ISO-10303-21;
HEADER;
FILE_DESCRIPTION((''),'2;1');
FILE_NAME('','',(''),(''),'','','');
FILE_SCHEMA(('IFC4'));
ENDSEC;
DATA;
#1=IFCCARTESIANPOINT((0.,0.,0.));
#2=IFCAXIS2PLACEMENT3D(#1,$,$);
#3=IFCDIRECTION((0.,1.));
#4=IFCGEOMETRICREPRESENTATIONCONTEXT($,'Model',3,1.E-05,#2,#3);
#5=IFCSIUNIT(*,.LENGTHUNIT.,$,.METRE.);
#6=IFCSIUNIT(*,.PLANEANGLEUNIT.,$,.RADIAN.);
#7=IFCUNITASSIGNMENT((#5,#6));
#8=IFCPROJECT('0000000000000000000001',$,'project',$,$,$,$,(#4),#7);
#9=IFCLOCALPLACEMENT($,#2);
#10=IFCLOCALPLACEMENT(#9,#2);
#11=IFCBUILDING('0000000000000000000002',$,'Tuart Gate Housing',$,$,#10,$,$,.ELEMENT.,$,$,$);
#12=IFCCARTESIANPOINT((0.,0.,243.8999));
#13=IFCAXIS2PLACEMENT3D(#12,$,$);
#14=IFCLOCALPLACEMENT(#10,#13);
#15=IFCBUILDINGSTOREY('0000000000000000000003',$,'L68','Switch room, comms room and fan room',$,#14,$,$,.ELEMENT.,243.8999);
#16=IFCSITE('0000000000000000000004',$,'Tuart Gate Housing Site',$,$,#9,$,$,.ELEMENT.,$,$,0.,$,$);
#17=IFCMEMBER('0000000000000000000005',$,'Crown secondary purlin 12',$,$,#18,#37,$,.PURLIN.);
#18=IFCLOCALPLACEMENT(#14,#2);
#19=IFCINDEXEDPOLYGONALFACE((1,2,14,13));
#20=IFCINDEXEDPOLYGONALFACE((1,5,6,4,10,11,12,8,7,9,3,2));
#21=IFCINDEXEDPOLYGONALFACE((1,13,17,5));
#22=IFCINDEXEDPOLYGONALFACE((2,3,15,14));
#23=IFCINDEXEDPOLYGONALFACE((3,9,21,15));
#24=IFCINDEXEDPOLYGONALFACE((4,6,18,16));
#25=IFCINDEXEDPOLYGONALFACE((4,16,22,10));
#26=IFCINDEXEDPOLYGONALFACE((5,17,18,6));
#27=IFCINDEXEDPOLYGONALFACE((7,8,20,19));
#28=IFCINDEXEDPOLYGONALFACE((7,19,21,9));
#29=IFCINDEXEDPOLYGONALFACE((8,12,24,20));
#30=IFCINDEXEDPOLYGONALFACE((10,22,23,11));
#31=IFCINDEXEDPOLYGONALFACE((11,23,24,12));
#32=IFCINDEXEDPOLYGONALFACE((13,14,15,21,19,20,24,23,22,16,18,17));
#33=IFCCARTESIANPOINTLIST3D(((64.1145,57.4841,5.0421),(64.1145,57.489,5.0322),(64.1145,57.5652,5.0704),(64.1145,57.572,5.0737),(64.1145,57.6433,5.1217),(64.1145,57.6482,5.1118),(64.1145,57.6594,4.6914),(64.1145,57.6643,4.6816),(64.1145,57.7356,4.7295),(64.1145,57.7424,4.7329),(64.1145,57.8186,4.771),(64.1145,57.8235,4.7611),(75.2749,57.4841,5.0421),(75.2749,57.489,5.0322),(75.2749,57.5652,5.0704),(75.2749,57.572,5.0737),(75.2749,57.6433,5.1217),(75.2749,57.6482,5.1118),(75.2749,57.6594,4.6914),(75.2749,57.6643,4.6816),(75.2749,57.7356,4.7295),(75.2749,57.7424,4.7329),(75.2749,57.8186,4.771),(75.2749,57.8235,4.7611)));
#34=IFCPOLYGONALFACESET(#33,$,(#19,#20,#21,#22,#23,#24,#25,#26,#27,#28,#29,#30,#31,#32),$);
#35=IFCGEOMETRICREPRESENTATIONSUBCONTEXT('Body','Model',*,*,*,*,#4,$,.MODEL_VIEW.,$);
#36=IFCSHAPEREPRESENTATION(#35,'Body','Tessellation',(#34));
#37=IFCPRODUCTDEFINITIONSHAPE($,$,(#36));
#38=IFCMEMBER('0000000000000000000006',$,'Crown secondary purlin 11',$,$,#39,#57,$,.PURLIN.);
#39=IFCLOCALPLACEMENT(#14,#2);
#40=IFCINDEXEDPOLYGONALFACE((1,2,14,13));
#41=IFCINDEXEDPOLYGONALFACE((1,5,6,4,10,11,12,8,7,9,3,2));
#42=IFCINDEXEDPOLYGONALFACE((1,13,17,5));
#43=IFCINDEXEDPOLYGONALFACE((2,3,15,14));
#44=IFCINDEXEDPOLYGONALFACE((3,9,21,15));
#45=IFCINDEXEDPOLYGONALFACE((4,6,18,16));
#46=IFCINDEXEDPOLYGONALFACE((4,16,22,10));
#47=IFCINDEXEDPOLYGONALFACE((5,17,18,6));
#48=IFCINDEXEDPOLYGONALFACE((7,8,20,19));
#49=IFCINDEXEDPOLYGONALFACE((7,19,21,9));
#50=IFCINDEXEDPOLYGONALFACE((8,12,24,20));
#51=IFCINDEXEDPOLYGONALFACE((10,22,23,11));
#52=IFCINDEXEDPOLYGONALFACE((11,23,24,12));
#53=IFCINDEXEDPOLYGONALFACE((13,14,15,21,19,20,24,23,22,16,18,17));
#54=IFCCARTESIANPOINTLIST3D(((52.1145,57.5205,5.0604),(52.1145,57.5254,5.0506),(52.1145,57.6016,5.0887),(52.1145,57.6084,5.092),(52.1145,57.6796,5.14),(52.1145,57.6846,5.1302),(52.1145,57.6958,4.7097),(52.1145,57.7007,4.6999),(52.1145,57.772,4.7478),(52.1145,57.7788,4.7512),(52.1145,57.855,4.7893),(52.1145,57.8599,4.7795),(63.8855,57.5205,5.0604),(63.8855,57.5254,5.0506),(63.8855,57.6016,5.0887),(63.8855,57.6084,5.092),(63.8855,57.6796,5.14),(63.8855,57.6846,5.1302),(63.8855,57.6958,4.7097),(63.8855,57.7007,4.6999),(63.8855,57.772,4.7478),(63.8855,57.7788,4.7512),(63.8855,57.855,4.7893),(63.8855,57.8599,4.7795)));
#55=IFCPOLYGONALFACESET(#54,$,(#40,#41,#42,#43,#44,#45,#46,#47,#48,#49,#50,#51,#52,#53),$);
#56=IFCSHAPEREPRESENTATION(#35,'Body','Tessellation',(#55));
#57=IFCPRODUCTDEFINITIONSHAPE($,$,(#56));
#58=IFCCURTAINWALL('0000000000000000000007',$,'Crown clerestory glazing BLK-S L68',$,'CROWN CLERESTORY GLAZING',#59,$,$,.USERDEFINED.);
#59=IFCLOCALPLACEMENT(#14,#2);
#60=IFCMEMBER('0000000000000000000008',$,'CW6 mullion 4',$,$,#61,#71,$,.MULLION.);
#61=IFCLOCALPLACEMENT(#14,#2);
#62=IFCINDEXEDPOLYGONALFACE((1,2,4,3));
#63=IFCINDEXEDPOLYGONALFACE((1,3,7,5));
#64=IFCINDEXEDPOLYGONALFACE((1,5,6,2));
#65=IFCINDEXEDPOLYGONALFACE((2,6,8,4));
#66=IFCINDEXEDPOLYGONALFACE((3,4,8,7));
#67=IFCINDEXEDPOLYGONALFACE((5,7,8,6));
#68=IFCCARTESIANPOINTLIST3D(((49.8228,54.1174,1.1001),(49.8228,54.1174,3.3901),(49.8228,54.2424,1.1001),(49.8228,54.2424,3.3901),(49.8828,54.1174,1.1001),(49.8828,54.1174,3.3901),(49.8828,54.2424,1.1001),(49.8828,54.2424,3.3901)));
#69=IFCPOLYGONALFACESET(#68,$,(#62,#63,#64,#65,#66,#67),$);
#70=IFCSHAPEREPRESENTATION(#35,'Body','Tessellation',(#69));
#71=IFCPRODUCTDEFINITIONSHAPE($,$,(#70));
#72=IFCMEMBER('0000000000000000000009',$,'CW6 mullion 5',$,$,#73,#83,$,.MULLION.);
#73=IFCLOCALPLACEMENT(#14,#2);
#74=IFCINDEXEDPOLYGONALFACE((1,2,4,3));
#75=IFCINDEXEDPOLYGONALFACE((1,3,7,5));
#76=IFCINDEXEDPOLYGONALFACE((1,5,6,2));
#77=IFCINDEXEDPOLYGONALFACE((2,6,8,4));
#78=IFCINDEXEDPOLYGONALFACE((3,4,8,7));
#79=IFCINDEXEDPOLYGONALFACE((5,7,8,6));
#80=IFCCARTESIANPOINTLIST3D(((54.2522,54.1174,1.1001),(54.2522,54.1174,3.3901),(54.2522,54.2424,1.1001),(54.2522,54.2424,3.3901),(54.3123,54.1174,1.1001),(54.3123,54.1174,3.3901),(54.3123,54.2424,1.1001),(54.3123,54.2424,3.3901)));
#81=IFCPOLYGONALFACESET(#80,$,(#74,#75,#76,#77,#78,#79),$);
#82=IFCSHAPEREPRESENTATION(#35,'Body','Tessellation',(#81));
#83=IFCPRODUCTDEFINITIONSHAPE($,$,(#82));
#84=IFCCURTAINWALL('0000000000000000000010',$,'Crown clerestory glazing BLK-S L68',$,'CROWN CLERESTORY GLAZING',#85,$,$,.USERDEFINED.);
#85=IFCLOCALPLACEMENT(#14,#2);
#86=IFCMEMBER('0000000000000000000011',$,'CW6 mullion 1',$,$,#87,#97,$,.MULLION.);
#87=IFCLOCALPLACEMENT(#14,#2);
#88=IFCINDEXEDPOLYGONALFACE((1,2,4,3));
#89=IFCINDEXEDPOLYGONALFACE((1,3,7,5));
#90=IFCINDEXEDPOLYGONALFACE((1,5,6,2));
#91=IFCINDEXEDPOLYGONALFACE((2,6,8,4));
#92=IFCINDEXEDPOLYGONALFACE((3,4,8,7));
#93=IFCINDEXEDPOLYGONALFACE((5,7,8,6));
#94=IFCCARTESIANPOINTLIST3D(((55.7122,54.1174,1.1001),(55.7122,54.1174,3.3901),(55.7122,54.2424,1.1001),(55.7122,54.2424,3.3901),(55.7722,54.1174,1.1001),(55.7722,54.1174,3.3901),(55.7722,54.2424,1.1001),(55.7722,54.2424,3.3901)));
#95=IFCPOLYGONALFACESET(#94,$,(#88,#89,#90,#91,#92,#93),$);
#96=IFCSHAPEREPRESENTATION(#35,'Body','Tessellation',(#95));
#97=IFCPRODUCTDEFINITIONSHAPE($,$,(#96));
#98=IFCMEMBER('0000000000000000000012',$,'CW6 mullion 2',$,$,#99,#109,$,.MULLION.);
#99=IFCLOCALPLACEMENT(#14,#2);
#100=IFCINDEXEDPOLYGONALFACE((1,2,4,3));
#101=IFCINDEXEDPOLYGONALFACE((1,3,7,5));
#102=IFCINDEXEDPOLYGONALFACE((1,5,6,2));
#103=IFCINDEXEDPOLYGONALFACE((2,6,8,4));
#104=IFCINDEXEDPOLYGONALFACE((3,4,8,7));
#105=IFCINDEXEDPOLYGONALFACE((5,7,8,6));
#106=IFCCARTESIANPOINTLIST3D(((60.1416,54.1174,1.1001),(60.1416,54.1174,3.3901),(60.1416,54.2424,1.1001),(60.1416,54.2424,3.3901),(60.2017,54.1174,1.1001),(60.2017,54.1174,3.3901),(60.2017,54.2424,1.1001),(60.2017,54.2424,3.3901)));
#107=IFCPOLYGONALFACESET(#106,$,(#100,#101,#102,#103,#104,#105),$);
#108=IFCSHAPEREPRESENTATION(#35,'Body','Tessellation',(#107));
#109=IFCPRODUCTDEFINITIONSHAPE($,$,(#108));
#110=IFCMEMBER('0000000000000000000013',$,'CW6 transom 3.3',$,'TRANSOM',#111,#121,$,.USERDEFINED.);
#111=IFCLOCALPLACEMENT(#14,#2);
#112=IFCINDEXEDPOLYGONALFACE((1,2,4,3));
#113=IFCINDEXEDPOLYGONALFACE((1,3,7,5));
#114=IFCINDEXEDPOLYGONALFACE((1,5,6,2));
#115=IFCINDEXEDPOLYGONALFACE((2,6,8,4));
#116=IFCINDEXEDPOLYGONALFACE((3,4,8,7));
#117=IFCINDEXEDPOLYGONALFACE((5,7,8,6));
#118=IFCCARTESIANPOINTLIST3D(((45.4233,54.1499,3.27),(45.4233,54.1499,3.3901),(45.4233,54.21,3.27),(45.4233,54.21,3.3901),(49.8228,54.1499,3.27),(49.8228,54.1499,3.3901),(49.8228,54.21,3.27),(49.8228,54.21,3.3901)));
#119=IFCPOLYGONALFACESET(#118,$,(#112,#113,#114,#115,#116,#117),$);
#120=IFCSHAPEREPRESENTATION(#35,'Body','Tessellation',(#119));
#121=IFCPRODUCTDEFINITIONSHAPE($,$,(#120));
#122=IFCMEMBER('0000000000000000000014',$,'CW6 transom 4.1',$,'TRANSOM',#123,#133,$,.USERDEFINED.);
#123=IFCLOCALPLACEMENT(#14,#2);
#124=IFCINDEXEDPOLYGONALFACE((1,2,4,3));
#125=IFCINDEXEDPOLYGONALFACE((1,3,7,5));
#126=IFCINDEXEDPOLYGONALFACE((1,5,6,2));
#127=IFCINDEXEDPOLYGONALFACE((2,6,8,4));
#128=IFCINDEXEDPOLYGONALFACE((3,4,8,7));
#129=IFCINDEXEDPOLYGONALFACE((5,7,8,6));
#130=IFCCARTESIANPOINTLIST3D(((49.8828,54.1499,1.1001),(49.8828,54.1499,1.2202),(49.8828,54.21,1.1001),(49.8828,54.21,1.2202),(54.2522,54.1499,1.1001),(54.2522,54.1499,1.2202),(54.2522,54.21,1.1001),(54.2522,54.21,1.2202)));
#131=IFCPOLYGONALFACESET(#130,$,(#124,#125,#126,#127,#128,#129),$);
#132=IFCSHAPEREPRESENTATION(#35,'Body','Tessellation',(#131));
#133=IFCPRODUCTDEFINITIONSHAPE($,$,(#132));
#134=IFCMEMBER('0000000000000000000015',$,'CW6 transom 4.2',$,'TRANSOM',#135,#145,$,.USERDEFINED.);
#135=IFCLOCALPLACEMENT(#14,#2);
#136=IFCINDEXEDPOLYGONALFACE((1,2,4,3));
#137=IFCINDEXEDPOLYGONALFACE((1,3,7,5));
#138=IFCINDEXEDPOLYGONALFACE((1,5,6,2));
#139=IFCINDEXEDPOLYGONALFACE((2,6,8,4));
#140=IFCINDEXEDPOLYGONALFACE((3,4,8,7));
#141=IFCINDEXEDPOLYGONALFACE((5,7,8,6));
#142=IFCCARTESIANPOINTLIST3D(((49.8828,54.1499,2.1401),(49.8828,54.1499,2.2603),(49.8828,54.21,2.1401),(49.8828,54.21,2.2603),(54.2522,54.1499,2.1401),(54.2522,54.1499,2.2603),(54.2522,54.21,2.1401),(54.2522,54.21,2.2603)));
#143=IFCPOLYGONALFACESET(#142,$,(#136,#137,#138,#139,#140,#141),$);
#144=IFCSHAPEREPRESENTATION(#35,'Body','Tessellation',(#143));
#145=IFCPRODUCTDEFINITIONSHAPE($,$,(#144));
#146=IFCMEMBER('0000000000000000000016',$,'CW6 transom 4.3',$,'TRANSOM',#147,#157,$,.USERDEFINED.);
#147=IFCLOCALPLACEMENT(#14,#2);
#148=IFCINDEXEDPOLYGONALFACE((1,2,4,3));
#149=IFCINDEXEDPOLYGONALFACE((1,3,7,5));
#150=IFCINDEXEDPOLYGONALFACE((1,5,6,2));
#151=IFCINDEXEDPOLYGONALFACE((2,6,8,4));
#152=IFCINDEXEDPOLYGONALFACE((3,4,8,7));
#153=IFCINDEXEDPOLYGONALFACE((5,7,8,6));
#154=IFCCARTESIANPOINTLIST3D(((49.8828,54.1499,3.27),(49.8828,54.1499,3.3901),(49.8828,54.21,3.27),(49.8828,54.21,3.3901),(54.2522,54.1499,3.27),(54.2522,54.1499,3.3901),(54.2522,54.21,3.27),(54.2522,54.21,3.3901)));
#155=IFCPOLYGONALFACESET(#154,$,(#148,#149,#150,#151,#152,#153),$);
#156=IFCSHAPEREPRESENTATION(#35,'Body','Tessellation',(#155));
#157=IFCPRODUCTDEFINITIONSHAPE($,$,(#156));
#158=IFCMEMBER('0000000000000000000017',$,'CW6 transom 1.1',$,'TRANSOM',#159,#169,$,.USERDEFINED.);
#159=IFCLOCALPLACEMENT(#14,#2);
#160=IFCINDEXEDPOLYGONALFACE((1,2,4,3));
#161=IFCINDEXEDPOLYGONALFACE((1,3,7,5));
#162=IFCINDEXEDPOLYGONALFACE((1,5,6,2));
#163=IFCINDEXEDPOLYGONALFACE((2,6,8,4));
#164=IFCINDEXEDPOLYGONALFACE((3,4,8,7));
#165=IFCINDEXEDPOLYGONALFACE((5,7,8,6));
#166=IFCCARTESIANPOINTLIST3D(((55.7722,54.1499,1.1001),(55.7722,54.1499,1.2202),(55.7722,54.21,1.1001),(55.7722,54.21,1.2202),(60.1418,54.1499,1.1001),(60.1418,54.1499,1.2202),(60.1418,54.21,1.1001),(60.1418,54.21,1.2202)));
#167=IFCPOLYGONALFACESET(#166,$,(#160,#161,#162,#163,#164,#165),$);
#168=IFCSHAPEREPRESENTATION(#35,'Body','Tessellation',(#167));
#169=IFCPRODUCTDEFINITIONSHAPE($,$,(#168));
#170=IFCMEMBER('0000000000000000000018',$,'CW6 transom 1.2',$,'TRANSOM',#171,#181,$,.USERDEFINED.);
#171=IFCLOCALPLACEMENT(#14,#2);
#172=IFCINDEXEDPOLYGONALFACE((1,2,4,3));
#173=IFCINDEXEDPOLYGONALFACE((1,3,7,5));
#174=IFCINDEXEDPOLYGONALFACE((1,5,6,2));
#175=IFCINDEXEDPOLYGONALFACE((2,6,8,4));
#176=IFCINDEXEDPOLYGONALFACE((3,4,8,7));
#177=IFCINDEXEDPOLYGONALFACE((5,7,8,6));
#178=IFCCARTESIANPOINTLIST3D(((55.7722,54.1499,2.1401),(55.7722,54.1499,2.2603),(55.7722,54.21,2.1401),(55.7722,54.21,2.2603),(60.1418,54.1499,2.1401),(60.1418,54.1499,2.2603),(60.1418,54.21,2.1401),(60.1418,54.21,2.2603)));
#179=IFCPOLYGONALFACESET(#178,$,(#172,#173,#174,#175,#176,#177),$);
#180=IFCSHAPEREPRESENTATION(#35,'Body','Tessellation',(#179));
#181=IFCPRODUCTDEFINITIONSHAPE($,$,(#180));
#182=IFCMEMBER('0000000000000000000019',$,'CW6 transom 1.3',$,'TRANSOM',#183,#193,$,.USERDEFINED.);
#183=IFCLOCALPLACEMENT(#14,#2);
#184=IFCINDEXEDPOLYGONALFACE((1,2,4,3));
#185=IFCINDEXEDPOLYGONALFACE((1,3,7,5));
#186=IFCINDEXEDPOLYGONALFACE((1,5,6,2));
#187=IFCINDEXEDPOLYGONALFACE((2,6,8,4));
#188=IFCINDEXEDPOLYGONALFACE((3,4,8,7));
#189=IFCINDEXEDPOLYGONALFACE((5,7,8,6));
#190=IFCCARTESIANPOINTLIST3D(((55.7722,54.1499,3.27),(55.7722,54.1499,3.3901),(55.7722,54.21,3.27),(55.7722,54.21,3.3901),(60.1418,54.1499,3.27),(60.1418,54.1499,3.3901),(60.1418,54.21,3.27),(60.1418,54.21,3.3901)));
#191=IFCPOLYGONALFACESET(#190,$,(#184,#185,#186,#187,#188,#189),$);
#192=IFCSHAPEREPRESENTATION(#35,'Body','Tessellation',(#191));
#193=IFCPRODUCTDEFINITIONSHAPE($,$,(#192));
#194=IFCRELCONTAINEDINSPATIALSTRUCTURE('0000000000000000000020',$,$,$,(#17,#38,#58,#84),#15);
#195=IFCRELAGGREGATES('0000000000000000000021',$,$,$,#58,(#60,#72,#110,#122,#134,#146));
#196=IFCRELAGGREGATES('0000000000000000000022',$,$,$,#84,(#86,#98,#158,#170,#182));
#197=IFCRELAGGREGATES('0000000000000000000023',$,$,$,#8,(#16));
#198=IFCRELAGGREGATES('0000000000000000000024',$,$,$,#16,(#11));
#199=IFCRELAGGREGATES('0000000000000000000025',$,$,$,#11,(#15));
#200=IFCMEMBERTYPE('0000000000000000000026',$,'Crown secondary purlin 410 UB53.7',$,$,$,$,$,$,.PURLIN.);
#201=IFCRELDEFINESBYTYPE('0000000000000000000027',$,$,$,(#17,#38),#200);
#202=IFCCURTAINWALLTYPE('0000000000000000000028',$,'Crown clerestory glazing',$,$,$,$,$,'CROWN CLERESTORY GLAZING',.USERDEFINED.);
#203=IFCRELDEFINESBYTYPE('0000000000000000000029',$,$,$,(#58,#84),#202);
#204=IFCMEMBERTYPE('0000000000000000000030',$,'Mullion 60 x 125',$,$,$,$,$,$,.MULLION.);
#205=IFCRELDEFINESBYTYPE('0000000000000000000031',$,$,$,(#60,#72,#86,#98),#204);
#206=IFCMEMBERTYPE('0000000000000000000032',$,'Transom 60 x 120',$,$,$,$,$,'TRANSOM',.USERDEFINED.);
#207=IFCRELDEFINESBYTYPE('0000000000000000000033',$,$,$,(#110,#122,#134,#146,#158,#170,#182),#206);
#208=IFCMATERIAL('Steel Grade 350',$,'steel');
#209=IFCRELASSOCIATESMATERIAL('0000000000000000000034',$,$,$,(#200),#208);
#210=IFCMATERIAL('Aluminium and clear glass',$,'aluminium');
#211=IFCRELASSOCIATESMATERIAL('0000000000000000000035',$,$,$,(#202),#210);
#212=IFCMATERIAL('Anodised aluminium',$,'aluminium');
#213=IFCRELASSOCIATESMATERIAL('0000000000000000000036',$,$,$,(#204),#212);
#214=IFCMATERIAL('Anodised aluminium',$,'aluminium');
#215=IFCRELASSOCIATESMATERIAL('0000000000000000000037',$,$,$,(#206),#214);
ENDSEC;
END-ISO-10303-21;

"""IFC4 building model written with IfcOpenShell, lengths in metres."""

from ifc_helpers import new_model, si_unit, direction, frame, origin, origin_2d, place, context, subcontext, project, spatial, rectangle, i_section, extrude, material, material_profile, profile_set, type_object, element, aggregate, save


model = new_model("IFC4")

# Units and contexts
model_context = context("Model", 3, precision=1e-05, world=origin(), true_north=direction((0.0, 1.0)))
body_context = subcontext(model_context, "Body", "Model", "MODEL_VIEW")
ifc_project = project(units=[si_unit("LENGTHUNIT", "METRE"), si_unit("PLANEANGLEUNIT", "RADIAN")], contexts=[model_context])

# Site, building, storey
site_placement = place(None, origin())
site = spatial("IfcSite", under=ifc_project, at=site_placement, Name="Tuart Gate Housing Site", CompositionType="ELEMENT", RefElevation=0.0)
building_placement = place(site_placement, origin())
building = spatial("IfcBuilding", under=site, at=building_placement, Name="Tuart Gate Housing", CompositionType="ELEMENT")
storey_placement = place(building_placement, frame((0.0, 0.0, 243.8999)))
storey = spatial("IfcBuildingStorey", under=building, at=storey_placement, Name="L68", Description="Switch room, comms room and fan room", CompositionType="ELEMENT", Elevation=243.8999)

# Members
ifc_material_1 = material(Name="Steel Grade 350", Category="steel")
ifc_material_profile_1 = material_profile(ifc_material_1, i_section(OverallWidth=0.178, OverallDepth=0.4031, WebThickness=0.0076, FlangeThickness=0.011, at=origin_2d()), Name="410UB53.7")
ifc_profile_set_1 = profile_set([ifc_material_profile_1], Name="Steel Grade 350")
member_type_1 = type_object("IfcMemberType", Name="Crown secondary purlin 410 UB53.7", PredefinedType="PURLIN", material=ifc_profile_set_1)
member_1_placement = place(storey_placement, frame((64.1145, 57.6538, 4.9016), z_axis=(1.0, 0.0, 0.0), x_axis=(0.0, 0.894427, 0.447214)))
element("IfcMember", 1, at=member_1_placement, inside=storey, type_object=member_type_1, Name="Crown secondary purlin 12", PredefinedType="PURLIN", context=body_context, shape_type="SweptSolid", body=[
    extrude(i_section(OverallWidth=0.178, OverallDepth=0.4031, WebThickness=0.0076, FlangeThickness=0.011, at=origin_2d()), origin(), (0.0, 0.0, 1.0), 11.1604),
])
member_2_placement = place(storey_placement, frame((52.1145, 57.6902, 4.9199), z_axis=(1.0, 0.0, 0.0), x_axis=(0.0, 0.894427, 0.447214)))
element("IfcMember", 2, at=member_2_placement, inside=storey, type_object=member_type_1, Name="Crown secondary purlin 11", PredefinedType="PURLIN", context=body_context, shape_type="SweptSolid", body=[
    extrude(i_section(OverallWidth=0.178, OverallDepth=0.4031, WebThickness=0.0076, FlangeThickness=0.011, at=origin_2d()), origin(), (0.0, 0.0, 1.0), 11.771),
])

# Curtain walls, members
ifc_material_2 = material(Name="Aluminium and clear glass", Category="aluminium")
curtain_wall_type = type_object("IfcCurtainWallType", Name="Crown clerestory glazing", ElementType="CROWN CLERESTORY GLAZING", PredefinedType="USERDEFINED", material=ifc_material_2)
curtain_wall_1_placement = place(storey_placement, origin())
curtain_wall_1 = element("IfcCurtainWall", 3, at=curtain_wall_1_placement, inside=storey, type_object=curtain_wall_type, Name="Crown clerestory glazing BLK-S L68", ObjectType="CROWN CLERESTORY GLAZING", PredefinedType="USERDEFINED")
ifc_material_3 = material(Name="Anodised aluminium", Category="aluminium")
ifc_material_profile_2 = material_profile(ifc_material_3, rectangle(XDim=0.0601, YDim=0.125, at=origin_2d()), Name="60x125")
ifc_profile_set_2 = profile_set([ifc_material_profile_2], Name="Anodised aluminium")
member_type_2 = type_object("IfcMemberType", Name="Mullion 60 x 125", PredefinedType="MULLION", material=ifc_profile_set_2)
member_3_placement = place(storey_placement, frame((49.8528, 54.1799, 1.1001), z_axis=(0.0, 0.0, 1.0), x_axis=(1.0, 0.0, 0.0)))
member_3 = element("IfcMember", 4, at=member_3_placement, type_object=member_type_2, Name="CW6 mullion 4", PredefinedType="MULLION", context=body_context, shape_type="SweptSolid", body=[
    extrude(rectangle(XDim=0.0601, YDim=0.125, at=origin_2d()), origin(), (0.0, 0.0, 1.0), 2.29),
])
member_4_placement = place(storey_placement, frame((54.2822, 54.1799, 1.1001), z_axis=(0.0, 0.0, 1.0), x_axis=(1.0, 0.0, 0.0)))
member_4 = element("IfcMember", 5, at=member_4_placement, type_object=member_type_2, Name="CW6 mullion 5", PredefinedType="MULLION", context=body_context, shape_type="SweptSolid", body=[
    extrude(rectangle(XDim=0.0601, YDim=0.125, at=origin_2d()), origin(), (0.0, 0.0, 1.0), 2.29),
])
curtain_wall_2_placement = place(storey_placement, origin())
curtain_wall_2 = element("IfcCurtainWall", 6, at=curtain_wall_2_placement, inside=storey, type_object=curtain_wall_type, Name="Crown clerestory glazing BLK-S L68", ObjectType="CROWN CLERESTORY GLAZING", PredefinedType="USERDEFINED")
member_5_placement = place(storey_placement, frame((55.7422, 54.1799, 1.1001), z_axis=(0.0, 0.0, 1.0), x_axis=(1.0, 0.0, 0.0)))
member_5 = element("IfcMember", 7, at=member_5_placement, type_object=member_type_2, Name="CW6 mullion 1", PredefinedType="MULLION", context=body_context, shape_type="SweptSolid", body=[
    extrude(rectangle(XDim=0.0601, YDim=0.125, at=origin_2d()), origin(), (0.0, 0.0, 1.0), 2.29),
])
member_6_placement = place(storey_placement, frame((60.1716, 54.1799, 1.1001), z_axis=(0.0, 0.0, 1.0), x_axis=(1.0, 0.0, 0.0)))
member_6 = element("IfcMember", 8, at=member_6_placement, type_object=member_type_2, Name="CW6 mullion 2", PredefinedType="MULLION", context=body_context, shape_type="SweptSolid", body=[
    extrude(rectangle(XDim=0.0601, YDim=0.125, at=origin_2d()), origin(), (0.0, 0.0, 1.0), 2.29),
])

# Members
ifc_material_4 = material(Name="Anodised aluminium", Category="aluminium")
ifc_material_profile_3 = material_profile(ifc_material_4, rectangle(XDim=0.0601, YDim=0.1201, at=origin_2d()), Name="60x120")
ifc_profile_set_3 = profile_set([ifc_material_profile_3], Name="Anodised aluminium")
member_type_3 = type_object("IfcMemberType", Name="Transom 60 x 120", ElementType="TRANSOM", PredefinedType="USERDEFINED", material=ifc_profile_set_3)
member_7_placement = place(storey_placement, frame((45.4233, 54.1799, 3.3301), z_axis=(1.0, 0.0, 0.0), x_axis=(0.0, 1.0, 0.0)))
member_7 = element("IfcMember", 9, at=member_7_placement, type_object=member_type_3, Name="CW6 transom 3.3", ObjectType="TRANSOM", PredefinedType="USERDEFINED", context=body_context, shape_type="SweptSolid", body=[
    extrude(rectangle(XDim=0.0601, YDim=0.1201, at=origin_2d()), origin(), (0.0, 0.0, 1.0), 4.3994),
])
member_8_placement = place(storey_placement, frame((49.8828, 54.1799, 1.1602), z_axis=(1.0, 0.0, 0.0), x_axis=(0.0, 1.0, 0.0)))
member_8 = element("IfcMember", 10, at=member_8_placement, type_object=member_type_3, Name="CW6 transom 4.1", ObjectType="TRANSOM", PredefinedType="USERDEFINED", context=body_context, shape_type="SweptSolid", body=[
    extrude(rectangle(XDim=0.0601, YDim=0.1201, at=origin_2d()), origin(), (0.0, 0.0, 1.0), 4.3694),
])
member_9_placement = place(storey_placement, frame((49.8828, 54.1799, 2.2002), z_axis=(1.0, 0.0, 0.0), x_axis=(0.0, 1.0, 0.0)))
member_9 = element("IfcMember", 11, at=member_9_placement, type_object=member_type_3, Name="CW6 transom 4.2", ObjectType="TRANSOM", PredefinedType="USERDEFINED", context=body_context, shape_type="SweptSolid", body=[
    extrude(rectangle(XDim=0.0601, YDim=0.1201, at=origin_2d()), origin(), (0.0, 0.0, 1.0), 4.3694),
])
member_10_placement = place(storey_placement, frame((49.8828, 54.1799, 3.3301), z_axis=(1.0, 0.0, 0.0), x_axis=(0.0, 1.0, 0.0)))
member_10 = element("IfcMember", 12, at=member_10_placement, type_object=member_type_3, Name="CW6 transom 4.3", ObjectType="TRANSOM", PredefinedType="USERDEFINED", context=body_context, shape_type="SweptSolid", body=[
    extrude(rectangle(XDim=0.0601, YDim=0.1201, at=origin_2d()), origin(), (0.0, 0.0, 1.0), 4.3694),
])
member_11_placement = place(storey_placement, frame((55.7722, 54.1799, 1.1602), z_axis=(1.0, 0.0, 0.0), x_axis=(0.0, 1.0, 0.0)))
member_11 = element("IfcMember", 13, at=member_11_placement, type_object=member_type_3, Name="CW6 transom 1.1", ObjectType="TRANSOM", PredefinedType="USERDEFINED", context=body_context, shape_type="SweptSolid", body=[
    extrude(rectangle(XDim=0.0601, YDim=0.1201, at=origin_2d()), origin(), (0.0, 0.0, 1.0), 4.3696),
])
member_12_placement = place(storey_placement, frame((55.7722, 54.1799, 2.2002), z_axis=(1.0, 0.0, 0.0), x_axis=(0.0, 1.0, 0.0)))
member_12 = element("IfcMember", 14, at=member_12_placement, type_object=member_type_3, Name="CW6 transom 1.2", ObjectType="TRANSOM", PredefinedType="USERDEFINED", context=body_context, shape_type="SweptSolid", body=[
    extrude(rectangle(XDim=0.0601, YDim=0.1201, at=origin_2d()), origin(), (0.0, 0.0, 1.0), 4.3696),
])
member_13_placement = place(storey_placement, frame((55.7722, 54.1799, 3.3301), z_axis=(1.0, 0.0, 0.0), x_axis=(0.0, 1.0, 0.0)))
member_13 = element("IfcMember", 15, at=member_13_placement, type_object=member_type_3, Name="CW6 transom 1.3", ObjectType="TRANSOM", PredefinedType="USERDEFINED", context=body_context, shape_type="SweptSolid", body=[
    extrude(rectangle(XDim=0.0601, YDim=0.1201, at=origin_2d()), origin(), (0.0, 0.0, 1.0), 4.3696),
])

aggregate(curtain_wall_1, [member_3, member_4, member_7, member_8, member_9, member_10])
aggregate(curtain_wall_2, [member_5, member_6, member_11, member_12, member_13])

save(model, "model.ifc")
